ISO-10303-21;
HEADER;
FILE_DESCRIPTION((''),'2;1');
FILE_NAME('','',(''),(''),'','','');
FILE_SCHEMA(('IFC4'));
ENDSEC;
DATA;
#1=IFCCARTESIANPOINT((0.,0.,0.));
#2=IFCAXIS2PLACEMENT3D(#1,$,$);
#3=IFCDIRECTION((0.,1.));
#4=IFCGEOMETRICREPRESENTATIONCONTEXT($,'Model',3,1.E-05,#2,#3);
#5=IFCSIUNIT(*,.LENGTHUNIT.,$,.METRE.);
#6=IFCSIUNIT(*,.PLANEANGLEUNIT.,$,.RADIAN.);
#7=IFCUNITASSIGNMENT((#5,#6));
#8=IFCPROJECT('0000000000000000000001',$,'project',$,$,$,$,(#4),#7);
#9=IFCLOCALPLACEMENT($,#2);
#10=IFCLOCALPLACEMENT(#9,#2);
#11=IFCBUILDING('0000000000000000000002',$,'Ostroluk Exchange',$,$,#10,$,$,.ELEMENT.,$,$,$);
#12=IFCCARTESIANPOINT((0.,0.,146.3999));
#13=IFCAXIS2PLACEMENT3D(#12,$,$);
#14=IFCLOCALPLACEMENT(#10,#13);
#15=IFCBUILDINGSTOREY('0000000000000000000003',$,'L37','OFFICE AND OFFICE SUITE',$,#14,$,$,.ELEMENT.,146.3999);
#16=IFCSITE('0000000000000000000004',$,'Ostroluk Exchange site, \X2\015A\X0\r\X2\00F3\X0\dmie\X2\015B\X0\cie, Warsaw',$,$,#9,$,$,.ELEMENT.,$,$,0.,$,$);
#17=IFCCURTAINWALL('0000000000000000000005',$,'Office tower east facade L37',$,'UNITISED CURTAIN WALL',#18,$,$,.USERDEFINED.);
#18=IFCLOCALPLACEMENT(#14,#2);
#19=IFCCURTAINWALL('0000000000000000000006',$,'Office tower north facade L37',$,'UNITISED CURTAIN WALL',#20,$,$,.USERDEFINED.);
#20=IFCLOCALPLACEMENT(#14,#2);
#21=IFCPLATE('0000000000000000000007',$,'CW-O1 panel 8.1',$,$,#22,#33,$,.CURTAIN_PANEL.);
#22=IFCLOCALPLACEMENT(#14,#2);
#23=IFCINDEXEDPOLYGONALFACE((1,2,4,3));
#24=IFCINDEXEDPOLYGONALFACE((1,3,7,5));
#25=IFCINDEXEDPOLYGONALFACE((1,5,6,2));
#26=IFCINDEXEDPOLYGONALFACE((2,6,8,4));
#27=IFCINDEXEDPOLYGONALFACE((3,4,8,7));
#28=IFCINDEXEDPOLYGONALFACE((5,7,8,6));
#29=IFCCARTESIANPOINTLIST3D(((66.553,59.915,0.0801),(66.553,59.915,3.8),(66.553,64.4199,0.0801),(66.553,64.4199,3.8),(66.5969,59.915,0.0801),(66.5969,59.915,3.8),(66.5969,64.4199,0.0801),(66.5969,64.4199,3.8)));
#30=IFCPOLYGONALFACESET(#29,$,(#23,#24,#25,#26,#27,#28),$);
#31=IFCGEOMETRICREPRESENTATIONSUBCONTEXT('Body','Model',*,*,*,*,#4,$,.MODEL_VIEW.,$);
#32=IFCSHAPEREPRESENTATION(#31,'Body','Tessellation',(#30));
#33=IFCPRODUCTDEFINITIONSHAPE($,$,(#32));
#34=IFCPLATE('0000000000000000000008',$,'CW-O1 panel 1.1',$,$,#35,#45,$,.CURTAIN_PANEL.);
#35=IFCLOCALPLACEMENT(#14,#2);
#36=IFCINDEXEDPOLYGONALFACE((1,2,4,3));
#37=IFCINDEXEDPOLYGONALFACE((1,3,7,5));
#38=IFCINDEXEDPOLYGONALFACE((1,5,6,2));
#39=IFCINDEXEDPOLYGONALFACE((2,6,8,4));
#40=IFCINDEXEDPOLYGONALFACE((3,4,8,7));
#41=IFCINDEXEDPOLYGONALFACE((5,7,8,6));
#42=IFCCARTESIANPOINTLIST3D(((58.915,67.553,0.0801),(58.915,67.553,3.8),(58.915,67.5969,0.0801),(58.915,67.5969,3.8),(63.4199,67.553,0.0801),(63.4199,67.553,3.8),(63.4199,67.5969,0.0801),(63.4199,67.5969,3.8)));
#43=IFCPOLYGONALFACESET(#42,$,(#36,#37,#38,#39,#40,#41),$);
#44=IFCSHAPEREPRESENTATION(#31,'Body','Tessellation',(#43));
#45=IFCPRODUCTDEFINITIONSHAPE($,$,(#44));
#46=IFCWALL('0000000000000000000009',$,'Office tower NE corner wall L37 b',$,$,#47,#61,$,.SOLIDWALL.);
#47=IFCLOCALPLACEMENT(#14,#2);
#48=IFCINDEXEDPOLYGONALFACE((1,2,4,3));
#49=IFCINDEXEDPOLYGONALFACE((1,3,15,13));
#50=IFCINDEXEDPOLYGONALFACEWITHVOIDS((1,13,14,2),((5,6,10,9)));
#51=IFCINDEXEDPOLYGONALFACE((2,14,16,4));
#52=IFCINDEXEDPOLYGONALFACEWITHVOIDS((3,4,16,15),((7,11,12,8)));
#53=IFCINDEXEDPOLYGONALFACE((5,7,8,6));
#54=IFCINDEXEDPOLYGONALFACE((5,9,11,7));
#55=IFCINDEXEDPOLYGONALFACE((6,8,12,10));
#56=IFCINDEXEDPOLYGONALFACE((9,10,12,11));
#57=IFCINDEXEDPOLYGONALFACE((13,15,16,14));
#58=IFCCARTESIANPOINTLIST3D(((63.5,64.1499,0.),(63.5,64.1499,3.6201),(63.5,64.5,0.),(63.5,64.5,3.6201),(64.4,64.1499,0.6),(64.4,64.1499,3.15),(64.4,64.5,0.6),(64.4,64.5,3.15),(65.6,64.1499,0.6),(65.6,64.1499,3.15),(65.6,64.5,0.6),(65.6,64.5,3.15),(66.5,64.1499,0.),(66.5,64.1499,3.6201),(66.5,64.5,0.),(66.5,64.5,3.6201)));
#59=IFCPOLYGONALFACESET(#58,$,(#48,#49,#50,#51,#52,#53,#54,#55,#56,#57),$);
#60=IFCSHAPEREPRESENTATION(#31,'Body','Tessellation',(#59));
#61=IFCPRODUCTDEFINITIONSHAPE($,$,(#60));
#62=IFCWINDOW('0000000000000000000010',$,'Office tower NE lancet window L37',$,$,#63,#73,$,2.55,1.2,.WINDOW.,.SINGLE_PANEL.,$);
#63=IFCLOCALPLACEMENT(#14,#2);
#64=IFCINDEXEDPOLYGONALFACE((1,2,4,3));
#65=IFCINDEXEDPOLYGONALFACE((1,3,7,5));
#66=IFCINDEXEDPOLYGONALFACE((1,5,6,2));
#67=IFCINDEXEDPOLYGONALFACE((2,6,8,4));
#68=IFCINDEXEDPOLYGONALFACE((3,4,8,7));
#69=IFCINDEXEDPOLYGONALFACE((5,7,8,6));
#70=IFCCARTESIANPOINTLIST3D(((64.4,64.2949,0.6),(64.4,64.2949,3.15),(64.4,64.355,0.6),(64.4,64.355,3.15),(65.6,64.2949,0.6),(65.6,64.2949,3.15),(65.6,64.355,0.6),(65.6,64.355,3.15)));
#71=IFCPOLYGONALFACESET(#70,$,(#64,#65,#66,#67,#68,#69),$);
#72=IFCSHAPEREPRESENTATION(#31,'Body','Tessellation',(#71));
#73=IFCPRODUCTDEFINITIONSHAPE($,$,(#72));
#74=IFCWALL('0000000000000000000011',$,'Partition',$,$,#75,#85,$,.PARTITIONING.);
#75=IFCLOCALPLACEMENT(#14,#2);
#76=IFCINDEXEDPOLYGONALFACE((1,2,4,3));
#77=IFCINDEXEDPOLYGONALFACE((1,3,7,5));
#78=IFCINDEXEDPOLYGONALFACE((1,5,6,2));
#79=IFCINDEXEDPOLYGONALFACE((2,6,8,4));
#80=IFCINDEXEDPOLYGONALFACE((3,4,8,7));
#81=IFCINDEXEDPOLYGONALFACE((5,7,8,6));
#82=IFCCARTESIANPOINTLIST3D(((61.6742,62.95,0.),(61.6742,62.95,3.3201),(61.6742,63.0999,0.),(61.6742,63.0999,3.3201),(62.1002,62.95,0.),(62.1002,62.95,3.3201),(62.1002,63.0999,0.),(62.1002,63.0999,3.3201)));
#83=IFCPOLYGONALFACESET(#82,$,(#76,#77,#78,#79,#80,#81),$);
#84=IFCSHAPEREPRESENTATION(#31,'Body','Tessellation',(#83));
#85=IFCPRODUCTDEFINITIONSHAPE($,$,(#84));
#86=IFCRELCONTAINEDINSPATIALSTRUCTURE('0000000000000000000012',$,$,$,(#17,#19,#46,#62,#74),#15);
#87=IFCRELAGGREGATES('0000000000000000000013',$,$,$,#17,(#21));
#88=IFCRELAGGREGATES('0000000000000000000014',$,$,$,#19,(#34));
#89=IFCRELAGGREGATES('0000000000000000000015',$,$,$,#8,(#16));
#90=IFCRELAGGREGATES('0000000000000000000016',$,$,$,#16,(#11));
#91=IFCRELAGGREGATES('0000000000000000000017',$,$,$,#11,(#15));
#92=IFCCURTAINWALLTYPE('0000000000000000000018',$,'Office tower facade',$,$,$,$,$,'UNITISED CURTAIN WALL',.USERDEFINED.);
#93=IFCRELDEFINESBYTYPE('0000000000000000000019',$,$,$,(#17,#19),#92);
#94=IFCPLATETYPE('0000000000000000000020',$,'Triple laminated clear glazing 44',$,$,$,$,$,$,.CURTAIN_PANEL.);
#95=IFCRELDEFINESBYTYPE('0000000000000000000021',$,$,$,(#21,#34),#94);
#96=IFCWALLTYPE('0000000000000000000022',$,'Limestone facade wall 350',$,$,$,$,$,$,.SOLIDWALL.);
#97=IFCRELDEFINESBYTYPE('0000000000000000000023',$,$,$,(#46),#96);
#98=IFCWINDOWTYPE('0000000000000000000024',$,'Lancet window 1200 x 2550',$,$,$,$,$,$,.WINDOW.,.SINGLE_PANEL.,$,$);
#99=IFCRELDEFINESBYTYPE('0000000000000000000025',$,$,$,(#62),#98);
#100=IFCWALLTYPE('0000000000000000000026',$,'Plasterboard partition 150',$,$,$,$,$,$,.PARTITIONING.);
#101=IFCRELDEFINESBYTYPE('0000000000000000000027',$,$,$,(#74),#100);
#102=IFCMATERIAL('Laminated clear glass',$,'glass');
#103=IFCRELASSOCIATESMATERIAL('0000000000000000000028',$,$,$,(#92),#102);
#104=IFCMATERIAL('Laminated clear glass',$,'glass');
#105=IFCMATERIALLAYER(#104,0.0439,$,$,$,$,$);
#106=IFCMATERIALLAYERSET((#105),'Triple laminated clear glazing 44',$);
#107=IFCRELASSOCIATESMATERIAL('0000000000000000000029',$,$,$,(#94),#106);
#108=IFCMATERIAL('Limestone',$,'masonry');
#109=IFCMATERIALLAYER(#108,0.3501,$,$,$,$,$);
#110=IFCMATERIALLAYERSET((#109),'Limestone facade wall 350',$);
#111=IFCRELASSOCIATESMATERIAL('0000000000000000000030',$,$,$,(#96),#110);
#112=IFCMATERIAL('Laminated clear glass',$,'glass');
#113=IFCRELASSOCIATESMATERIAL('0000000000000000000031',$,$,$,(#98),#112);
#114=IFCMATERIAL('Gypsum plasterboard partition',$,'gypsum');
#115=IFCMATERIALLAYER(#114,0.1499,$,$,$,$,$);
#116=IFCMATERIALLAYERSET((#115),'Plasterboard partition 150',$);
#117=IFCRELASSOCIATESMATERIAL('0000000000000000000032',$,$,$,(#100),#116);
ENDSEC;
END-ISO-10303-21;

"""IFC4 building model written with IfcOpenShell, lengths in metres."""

from ifc_helpers import new_model, si_unit, direction, frame, frame_2d, origin, origin_2d, place, context, subcontext, project, spatial, rectangle, extrude, material, layer, layer_set, type_object, element, fill, aggregate, save


model = new_model("IFC4")

# Units and contexts
model_context = context("Model", 3, precision=1e-05, world=origin(), true_north=direction((0.0, 1.0)))
body_context = subcontext(model_context, "Body", "Model", "MODEL_VIEW")
ifc_project = project(units=[si_unit("LENGTHUNIT", "METRE"), si_unit("PLANEANGLEUNIT", "RADIAN")], contexts=[model_context])

# Site, building, storey
site_placement = place(None, origin())
site = spatial("IfcSite", under=ifc_project, at=site_placement, Name="Ostroluk Exchange site, Śródmieście, Warsaw", CompositionType="ELEMENT", RefElevation=0.0)
building_placement = place(site_placement, origin())
building = spatial("IfcBuilding", under=site, at=building_placement, Name="Ostroluk Exchange", CompositionType="ELEMENT")
storey_placement = place(building_placement, frame((0.0, 0.0, 146.3999)))
storey = spatial("IfcBuildingStorey", under=building, at=storey_placement, Name="L37", Description="OFFICE AND OFFICE SUITE", CompositionType="ELEMENT", Elevation=146.3999)

# Curtain walls
ifc_material_1 = material(Name="Laminated clear glass", Category="glass")
curtain_wall_type = type_object("IfcCurtainWallType", Name="Office tower facade", ElementType="UNITISED CURTAIN WALL", PredefinedType="USERDEFINED", material=ifc_material_1)
curtain_wall_1_placement = place(storey_placement, origin())
curtain_wall_1 = element("IfcCurtainWall", 1, at=curtain_wall_1_placement, inside=storey, type_object=curtain_wall_type, Name="Office tower east facade L37", ObjectType="UNITISED CURTAIN WALL", PredefinedType="USERDEFINED")
curtain_wall_2_placement = place(storey_placement, origin())
curtain_wall_2 = element("IfcCurtainWall", 2, at=curtain_wall_2_placement, inside=storey, type_object=curtain_wall_type, Name="Office tower north facade L37", ObjectType="UNITISED CURTAIN WALL", PredefinedType="USERDEFINED")

# Plates
ifc_material_2 = material(Name="Laminated clear glass", Category="glass")
ifc_layer_1 = layer(ifc_material_2, 0.0439)
ifc_layer_set_1 = layer_set([ifc_layer_1], Name="Triple laminated clear glazing 44")
plate_type_1 = type_object("IfcPlateType", Name="Triple laminated clear glazing 44", PredefinedType="CURTAIN_PANEL", material=ifc_layer_set_1)
plate_1_placement = place(storey_placement, frame((66.575, 62.1675, 0.0801), z_axis=(0.0, 0.0, 1.0), x_axis=(0.0, 1.0, 0.0)))
plate_1 = element("IfcPlate", 3, at=plate_1_placement, type_object=plate_type_1, Name="CW-O1 panel 8.1", PredefinedType="CURTAIN_PANEL", context=body_context, shape_type="SweptSolid", body=[
    extrude(rectangle(XDim=4.5049, YDim=0.0439, at=origin_2d()), origin(), (0.0, 0.0, 1.0), 3.72),
])
aggregate(curtain_wall_1, [plate_1])
plate_2_placement = place(storey_placement, frame((61.1675, 67.575, 0.0801), z_axis=(0.0, 0.0, 1.0), x_axis=(-1.0, 0.0, 0.0)))
plate_2 = element("IfcPlate", 4, at=plate_2_placement, type_object=plate_type_1, Name="CW-O1 panel 1.1", PredefinedType="CURTAIN_PANEL", context=body_context, shape_type="SweptSolid", body=[
    extrude(rectangle(XDim=4.5049, YDim=0.0439, at=origin_2d()), origin(), (0.0, 0.0, 1.0), 3.72),
])
aggregate(curtain_wall_2, [plate_2])

# Shared definitions
ifc_material_3 = material(Name="Limestone", Category="masonry")
ifc_layer_2 = layer(ifc_material_3, 0.3501)
ifc_layer_set_2 = layer_set([ifc_layer_2], Name="Limestone facade wall 350")
wall_type_1 = type_object("IfcWallType", Name="Limestone facade wall 350", PredefinedType="SOLIDWALL", material=ifc_layer_set_2)

# Wall, opening, window
wall_1_placement = place(storey_placement, frame((63.5, 64.325, 0.0), z_axis=(0.0, 0.0, 1.0), x_axis=(1.0, 0.0, 0.0)))
wall_1 = element("IfcWall", 5, at=wall_1_placement, inside=storey, type_object=wall_type_1, Name="Office tower NE corner wall L37 b", PredefinedType="SOLIDWALL", context=body_context, shape_type="SweptSolid", body=[
    extrude(rectangle(XDim=3.0, YDim=0.3501, at=frame_2d((1.5, 0.0))), origin(), (0.0, 0.0, 1.0), 3.6201),
])
opening_1_placement = place(wall_1_placement, frame((0.8999, 0.0, 0.6001)))
opening_1 = element("IfcOpeningElement", 6, at=opening_1_placement, cuts=wall_1, PredefinedType="OPENING", context=body_context, shape_type="SweptSolid", body=[
    extrude(rectangle(XDim=1.2, YDim=2.55, at=frame_2d((0.6001, 1.2749))), frame((0.0, 0.1851, 0.0), z_axis=(0.0, -1.0, 0.0), x_axis=(1.0, 0.0, 0.0)), (0.0, 0.0, 1.0), 0.3701),
])
ifc_material_4 = material(Name="Laminated clear glass", Category="glass")
window_type = type_object("IfcWindowType", Name="Lancet window 1200 x 2550", PartitioningType="SINGLE_PANEL", PredefinedType="WINDOW", material=ifc_material_4)
window_placement = place(opening_1_placement, origin())
window = element("IfcWindow", 7, at=window_placement, inside=storey, type_object=window_type, Name="Office tower NE lancet window L37", OverallHeight=2.55, OverallWidth=1.2, PartitioningType="SINGLE_PANEL", PredefinedType="WINDOW", context=body_context, shape_type="SweptSolid", body=[
    extrude(rectangle(XDim=1.2, YDim=2.55, at=frame_2d((0.6001, 1.2749))), frame((0.0, 0.03, 0.0), z_axis=(0.0, -1.0, 0.0), x_axis=(1.0, 0.0, 0.0)), (0.0, 0.0, 1.0), 0.0601),
])
fill(opening_1, window)

# Wall
ifc_material_5 = material(Name="Gypsum plasterboard partition", Category="gypsum")
ifc_layer_3 = layer(ifc_material_5, 0.1499)
ifc_layer_set_3 = layer_set([ifc_layer_3], Name="Plasterboard partition 150")
wall_type_2 = type_object("IfcWallType", Name="Plasterboard partition 150", PredefinedType="PARTITIONING", material=ifc_layer_set_3)
wall_2_placement = place(storey_placement, frame((62.1001, 63.0249, 0.0), z_axis=(0.0, 0.0, 1.0), x_axis=(-1.0, 0.0, 0.0)))
element("IfcWall", 8, at=wall_2_placement, inside=storey, type_object=wall_type_2, Name="Partition", PredefinedType="PARTITIONING", context=body_context, shape_type="SweptSolid", body=[
    extrude(rectangle(XDim=0.426, YDim=0.1499, at=frame_2d((0.2129, 0.0))), origin(), (0.0, 0.0, 1.0), 3.3201),
])

save(model, "model.ifc")
